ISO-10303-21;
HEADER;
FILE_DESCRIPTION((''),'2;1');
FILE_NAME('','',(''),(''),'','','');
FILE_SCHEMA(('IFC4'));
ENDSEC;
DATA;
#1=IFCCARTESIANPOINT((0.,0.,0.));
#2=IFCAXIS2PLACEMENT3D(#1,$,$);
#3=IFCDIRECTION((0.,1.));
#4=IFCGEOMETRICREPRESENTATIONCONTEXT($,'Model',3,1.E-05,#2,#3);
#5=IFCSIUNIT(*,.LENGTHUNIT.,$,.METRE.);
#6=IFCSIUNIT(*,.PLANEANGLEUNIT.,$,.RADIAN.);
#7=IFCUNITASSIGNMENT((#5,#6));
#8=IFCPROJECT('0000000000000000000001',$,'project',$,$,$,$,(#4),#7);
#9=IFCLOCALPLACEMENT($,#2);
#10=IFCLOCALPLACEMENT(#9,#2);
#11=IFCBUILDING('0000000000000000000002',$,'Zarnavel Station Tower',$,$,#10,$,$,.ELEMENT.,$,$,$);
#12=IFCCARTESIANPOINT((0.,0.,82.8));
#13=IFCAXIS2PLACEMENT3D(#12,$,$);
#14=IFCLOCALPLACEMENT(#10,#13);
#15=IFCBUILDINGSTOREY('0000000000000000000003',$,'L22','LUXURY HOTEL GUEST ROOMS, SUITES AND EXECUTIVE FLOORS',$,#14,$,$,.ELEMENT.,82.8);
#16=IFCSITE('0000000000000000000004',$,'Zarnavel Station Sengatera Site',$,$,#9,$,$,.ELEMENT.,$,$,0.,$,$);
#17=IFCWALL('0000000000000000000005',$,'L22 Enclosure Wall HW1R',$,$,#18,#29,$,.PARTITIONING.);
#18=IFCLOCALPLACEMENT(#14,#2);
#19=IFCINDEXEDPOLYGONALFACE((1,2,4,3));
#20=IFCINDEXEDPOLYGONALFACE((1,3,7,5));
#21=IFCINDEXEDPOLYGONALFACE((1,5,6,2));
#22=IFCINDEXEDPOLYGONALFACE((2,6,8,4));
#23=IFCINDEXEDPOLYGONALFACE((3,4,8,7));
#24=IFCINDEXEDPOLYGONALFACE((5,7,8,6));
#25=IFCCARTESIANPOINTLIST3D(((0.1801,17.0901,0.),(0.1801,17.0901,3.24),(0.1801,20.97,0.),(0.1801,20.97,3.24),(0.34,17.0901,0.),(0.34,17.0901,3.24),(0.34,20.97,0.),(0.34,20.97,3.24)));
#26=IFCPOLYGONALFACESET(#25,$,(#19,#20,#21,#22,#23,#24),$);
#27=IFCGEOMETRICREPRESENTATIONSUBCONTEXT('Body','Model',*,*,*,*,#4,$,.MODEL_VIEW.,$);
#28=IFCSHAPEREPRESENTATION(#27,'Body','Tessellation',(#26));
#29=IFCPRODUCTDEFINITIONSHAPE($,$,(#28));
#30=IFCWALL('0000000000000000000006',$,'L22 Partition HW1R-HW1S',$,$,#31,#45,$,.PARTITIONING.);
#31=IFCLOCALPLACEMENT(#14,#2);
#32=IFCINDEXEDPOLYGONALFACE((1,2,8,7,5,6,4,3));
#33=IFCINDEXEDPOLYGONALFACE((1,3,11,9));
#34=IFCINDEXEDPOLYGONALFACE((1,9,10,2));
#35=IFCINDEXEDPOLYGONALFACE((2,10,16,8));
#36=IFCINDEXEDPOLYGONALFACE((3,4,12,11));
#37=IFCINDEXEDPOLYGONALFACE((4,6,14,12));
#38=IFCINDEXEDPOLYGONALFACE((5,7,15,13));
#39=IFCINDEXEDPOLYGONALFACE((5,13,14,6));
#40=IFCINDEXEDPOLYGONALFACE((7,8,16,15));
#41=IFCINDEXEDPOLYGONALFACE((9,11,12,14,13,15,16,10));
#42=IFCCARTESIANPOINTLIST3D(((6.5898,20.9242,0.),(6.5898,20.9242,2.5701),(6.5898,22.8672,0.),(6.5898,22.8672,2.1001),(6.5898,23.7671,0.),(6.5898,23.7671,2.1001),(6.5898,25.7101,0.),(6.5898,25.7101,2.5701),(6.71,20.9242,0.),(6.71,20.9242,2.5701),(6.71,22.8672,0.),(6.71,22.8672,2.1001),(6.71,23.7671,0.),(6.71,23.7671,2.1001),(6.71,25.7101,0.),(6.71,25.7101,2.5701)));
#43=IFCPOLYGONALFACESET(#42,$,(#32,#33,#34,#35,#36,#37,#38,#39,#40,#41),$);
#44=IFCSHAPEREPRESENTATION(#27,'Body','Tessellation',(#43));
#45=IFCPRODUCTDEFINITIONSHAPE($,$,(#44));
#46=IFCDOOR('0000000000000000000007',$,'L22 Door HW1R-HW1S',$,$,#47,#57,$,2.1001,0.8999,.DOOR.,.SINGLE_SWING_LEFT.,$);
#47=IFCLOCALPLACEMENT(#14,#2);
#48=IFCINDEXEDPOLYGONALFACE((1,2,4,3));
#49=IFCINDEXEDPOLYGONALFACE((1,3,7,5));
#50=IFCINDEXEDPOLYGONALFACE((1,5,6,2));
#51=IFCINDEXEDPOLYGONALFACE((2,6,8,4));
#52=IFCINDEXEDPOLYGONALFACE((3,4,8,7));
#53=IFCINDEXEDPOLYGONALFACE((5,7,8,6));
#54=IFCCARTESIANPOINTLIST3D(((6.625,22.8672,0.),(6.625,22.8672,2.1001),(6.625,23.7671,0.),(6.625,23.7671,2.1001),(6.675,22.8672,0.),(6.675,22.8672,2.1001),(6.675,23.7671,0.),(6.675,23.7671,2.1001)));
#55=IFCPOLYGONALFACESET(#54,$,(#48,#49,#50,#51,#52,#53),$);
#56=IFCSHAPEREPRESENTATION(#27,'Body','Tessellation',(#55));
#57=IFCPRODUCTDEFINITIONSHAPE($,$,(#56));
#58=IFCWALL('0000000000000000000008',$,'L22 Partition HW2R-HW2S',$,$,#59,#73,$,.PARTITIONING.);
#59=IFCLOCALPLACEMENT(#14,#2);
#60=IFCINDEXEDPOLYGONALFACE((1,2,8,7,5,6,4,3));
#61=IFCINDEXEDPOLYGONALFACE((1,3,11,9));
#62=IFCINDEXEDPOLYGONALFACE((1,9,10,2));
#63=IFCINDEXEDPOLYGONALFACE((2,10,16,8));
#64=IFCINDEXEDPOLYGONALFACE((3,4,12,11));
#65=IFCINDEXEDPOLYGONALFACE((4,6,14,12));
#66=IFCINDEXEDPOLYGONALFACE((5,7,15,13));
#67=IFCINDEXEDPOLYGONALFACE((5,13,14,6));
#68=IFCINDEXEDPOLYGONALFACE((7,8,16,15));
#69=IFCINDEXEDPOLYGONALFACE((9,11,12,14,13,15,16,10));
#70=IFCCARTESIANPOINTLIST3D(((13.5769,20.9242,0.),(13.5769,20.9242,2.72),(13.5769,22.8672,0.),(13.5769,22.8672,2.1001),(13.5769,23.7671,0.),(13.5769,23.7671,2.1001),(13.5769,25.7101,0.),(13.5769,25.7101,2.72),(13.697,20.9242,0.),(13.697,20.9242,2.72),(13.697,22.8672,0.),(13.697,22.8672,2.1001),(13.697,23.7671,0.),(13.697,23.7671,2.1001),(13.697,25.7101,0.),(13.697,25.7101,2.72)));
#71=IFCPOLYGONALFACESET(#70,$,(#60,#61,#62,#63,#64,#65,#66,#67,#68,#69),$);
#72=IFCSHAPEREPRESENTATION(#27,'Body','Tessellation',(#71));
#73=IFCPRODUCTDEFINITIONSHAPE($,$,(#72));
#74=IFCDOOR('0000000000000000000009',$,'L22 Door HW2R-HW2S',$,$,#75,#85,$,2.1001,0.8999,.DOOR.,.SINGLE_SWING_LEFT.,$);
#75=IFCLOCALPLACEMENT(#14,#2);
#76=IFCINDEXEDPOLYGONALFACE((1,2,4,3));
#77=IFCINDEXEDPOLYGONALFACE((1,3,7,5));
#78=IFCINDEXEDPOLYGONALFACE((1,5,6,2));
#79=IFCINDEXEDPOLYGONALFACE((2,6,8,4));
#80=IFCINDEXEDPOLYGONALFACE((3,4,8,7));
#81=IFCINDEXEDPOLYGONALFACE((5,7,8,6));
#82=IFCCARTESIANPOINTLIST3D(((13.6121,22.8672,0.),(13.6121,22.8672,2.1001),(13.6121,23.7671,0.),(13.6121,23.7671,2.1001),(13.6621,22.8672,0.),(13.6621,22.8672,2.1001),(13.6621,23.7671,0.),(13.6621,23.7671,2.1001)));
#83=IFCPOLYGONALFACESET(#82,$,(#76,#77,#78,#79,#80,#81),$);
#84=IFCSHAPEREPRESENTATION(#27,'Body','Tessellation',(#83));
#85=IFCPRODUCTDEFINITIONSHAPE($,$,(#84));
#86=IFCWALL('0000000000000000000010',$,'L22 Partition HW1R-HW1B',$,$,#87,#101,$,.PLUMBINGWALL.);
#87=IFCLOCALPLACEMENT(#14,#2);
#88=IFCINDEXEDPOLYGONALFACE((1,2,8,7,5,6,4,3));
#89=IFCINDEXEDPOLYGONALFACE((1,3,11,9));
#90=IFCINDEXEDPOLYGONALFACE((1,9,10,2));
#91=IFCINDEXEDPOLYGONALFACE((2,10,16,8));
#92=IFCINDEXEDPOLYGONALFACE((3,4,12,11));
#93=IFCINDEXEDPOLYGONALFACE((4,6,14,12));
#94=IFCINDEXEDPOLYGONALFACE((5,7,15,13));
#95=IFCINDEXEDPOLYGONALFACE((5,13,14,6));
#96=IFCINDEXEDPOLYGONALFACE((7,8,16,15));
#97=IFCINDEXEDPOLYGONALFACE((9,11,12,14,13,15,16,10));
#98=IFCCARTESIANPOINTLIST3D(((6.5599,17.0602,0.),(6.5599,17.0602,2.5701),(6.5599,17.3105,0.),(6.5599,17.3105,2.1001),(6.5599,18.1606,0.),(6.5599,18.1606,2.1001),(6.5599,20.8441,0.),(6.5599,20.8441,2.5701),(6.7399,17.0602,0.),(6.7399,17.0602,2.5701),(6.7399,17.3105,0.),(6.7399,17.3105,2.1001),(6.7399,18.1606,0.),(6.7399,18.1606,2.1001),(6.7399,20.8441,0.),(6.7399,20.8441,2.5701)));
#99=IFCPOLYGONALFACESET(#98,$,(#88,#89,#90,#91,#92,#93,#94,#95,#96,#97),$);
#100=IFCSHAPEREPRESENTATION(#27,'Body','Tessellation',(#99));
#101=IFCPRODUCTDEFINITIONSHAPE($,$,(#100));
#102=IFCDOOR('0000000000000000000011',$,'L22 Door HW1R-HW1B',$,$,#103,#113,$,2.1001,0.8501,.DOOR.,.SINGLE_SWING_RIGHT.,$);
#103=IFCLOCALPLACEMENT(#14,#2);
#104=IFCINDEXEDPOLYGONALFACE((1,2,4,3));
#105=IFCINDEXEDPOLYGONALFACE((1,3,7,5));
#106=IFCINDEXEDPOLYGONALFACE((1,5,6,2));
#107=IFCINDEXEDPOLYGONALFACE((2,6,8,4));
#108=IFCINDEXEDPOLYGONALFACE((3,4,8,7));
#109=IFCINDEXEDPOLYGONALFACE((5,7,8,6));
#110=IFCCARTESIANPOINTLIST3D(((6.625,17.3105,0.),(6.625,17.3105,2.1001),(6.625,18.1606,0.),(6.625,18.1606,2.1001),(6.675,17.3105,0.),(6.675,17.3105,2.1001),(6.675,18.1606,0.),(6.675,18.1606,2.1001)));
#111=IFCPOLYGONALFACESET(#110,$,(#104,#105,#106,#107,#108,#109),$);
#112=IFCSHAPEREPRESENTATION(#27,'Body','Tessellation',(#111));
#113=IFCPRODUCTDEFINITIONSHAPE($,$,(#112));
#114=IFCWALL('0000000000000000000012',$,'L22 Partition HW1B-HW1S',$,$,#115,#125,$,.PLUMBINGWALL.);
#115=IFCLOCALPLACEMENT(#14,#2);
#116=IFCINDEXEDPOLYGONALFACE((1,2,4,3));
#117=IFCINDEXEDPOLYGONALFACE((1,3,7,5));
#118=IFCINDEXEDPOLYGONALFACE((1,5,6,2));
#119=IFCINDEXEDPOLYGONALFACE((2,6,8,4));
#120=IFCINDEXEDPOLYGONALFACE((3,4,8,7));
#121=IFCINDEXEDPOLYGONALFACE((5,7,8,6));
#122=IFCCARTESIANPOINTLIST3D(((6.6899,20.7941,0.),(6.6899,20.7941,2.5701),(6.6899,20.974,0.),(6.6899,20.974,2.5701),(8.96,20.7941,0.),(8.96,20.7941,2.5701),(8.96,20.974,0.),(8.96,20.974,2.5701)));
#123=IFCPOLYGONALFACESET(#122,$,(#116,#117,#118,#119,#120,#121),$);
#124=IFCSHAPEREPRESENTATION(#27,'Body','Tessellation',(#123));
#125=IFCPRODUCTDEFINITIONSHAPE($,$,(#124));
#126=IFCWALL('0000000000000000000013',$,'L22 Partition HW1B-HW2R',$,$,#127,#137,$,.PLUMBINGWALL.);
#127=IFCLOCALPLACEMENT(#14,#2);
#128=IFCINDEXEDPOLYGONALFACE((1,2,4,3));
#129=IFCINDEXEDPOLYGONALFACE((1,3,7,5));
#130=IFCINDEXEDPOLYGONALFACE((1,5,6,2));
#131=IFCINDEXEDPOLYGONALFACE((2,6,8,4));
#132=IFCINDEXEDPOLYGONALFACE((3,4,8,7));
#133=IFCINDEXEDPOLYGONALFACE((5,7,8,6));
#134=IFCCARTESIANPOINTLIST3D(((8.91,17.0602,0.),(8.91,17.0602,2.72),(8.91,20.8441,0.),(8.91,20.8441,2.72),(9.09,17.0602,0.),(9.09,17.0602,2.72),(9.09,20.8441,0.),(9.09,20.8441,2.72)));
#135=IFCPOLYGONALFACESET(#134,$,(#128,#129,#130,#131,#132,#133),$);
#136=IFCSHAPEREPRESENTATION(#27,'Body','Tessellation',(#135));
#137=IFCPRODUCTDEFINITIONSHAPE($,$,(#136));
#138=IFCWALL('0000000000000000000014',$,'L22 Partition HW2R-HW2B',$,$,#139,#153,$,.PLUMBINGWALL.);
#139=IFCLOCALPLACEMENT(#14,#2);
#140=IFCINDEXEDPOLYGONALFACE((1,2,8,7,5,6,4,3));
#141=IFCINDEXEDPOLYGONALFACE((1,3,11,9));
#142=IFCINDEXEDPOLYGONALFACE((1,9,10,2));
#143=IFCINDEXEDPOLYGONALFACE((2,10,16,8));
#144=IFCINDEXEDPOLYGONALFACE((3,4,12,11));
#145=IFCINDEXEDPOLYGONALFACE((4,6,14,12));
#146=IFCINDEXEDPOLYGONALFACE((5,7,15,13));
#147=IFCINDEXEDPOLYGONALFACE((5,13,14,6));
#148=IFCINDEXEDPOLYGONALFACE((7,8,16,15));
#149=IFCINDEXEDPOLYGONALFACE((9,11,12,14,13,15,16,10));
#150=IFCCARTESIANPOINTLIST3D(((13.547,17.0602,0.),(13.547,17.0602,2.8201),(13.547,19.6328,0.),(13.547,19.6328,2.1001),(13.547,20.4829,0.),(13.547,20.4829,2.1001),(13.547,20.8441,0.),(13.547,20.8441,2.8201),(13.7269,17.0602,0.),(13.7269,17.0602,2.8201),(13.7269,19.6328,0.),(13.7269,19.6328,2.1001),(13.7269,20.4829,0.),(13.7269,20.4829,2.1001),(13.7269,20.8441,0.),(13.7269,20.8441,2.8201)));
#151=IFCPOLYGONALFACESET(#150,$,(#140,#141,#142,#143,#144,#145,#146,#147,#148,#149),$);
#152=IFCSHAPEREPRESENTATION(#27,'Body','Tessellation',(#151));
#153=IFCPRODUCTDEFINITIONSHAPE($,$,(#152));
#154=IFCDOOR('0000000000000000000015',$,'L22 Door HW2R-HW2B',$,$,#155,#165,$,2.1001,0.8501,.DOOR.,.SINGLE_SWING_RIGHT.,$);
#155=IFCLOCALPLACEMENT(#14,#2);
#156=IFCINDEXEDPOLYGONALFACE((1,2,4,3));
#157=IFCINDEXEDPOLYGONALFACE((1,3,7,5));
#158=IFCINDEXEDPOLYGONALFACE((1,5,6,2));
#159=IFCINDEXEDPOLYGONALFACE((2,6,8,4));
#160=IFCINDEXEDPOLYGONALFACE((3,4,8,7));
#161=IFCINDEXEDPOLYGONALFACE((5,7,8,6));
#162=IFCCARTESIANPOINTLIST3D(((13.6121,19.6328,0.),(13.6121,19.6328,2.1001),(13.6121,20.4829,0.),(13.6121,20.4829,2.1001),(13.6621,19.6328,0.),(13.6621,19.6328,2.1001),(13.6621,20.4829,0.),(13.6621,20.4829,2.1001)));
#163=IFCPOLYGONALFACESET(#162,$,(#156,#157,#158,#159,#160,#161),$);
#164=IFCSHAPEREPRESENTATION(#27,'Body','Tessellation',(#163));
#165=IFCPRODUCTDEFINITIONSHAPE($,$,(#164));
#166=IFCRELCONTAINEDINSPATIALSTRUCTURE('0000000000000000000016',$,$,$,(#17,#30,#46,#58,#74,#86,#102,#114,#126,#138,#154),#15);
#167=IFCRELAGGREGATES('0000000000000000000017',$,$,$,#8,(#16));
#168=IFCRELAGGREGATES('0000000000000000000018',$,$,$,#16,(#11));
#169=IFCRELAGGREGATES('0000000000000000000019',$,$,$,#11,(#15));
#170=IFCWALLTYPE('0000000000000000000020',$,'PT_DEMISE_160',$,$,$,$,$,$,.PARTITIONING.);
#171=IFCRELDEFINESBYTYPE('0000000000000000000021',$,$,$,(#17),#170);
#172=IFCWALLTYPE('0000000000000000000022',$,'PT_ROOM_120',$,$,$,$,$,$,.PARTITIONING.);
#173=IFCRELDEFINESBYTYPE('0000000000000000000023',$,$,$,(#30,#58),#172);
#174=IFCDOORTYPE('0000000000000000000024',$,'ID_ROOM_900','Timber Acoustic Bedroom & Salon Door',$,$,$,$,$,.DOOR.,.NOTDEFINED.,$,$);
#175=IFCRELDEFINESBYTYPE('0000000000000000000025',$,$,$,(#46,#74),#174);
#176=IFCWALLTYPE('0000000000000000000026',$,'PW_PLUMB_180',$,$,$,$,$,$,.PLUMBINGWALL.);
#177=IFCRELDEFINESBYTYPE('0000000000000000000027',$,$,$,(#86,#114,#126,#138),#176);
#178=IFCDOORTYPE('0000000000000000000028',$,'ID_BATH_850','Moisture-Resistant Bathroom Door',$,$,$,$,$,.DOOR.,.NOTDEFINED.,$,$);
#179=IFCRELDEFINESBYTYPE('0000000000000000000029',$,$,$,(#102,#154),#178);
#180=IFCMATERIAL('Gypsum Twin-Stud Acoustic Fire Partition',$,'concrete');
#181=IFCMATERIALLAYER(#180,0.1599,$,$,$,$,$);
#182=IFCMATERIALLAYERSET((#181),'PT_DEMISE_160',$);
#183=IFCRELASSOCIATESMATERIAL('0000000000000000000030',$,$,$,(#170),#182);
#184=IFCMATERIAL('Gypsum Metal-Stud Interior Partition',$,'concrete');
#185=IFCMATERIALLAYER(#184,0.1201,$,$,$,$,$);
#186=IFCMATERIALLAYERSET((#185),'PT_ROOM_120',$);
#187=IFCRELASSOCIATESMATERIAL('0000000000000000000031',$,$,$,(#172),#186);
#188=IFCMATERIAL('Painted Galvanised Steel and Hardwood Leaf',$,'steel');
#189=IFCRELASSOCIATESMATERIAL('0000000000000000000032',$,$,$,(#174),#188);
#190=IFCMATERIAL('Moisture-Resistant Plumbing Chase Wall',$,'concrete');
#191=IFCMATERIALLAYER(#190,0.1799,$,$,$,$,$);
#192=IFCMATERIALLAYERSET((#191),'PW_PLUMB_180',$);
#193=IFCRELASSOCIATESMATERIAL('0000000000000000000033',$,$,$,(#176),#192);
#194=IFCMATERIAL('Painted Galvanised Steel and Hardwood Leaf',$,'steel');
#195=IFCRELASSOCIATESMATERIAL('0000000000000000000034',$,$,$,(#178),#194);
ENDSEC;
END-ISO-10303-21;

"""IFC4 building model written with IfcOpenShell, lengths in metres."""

from ifc_helpers import new_model, si_unit, direction, frame, frame_2d, origin, place, context, subcontext, project, spatial, rectangle, extrude, material, layer, layer_set, type_object, element, fill, save


model = new_model("IFC4")

# Units and contexts
model_context = context("Model", 3, precision=1e-05, world=origin(), true_north=direction((0.0, 1.0)))
body_context = subcontext(model_context, "Body", "Model", "MODEL_VIEW")
ifc_project = project(units=[si_unit("LENGTHUNIT", "METRE"), si_unit("PLANEANGLEUNIT", "RADIAN")], contexts=[model_context])

# Site, building, storey
site_placement = place(None, origin())
site = spatial("IfcSite", under=ifc_project, at=site_placement, Name="Zarnavel Station Sengatera Site", CompositionType="ELEMENT", RefElevation=0.0)
building_placement = place(site_placement, origin())
building = spatial("IfcBuilding", under=site, at=building_placement, Name="Zarnavel Station Tower", CompositionType="ELEMENT")
storey_placement = place(building_placement, frame((0.0, 0.0, 82.8)))
storey = spatial("IfcBuildingStorey", under=building, at=storey_placement, Name="L22", Description="LUXURY HOTEL GUEST ROOMS, SUITES AND EXECUTIVE FLOORS", CompositionType="ELEMENT", Elevation=82.8)

# Wall
ifc_material_1 = material(Name="Gypsum Twin-Stud Acoustic Fire Partition", Category="concrete")
ifc_layer_1 = layer(ifc_material_1, 0.1599)
ifc_layer_set_1 = layer_set([ifc_layer_1], Name="PT_DEMISE_160")
wall_type_1 = type_object("IfcWallType", Name="PT_DEMISE_160", PredefinedType="PARTITIONING", material=ifc_layer_set_1)
for number, where, z_axis, x_axis, name in (
    (1, (0.26, 17.0901, 0.0), (0.0, 0.0, 1.0), (0.0, 1.0, 0.0), "L22 Enclosure Wall HW1R"),
):
    element("IfcWall", number, at=place(storey_placement, frame(where, z_axis=z_axis, x_axis=x_axis)), inside=storey, type_object=wall_type_1, Name=name, PredefinedType="PARTITIONING", context=body_context, shape_type="SweptSolid", body=[
        extrude(rectangle(XDim=3.8799, YDim=0.1599, at=frame_2d((1.9399, 0.0))), origin(), (0.0, 0.0, 1.0), 3.24),
    ])

# Walls, openings, doors
ifc_material_2 = material(Name="Gypsum Metal-Stud Interior Partition", Category="concrete")
ifc_layer_2 = layer(ifc_material_2, 0.1201)
ifc_layer_set_2 = layer_set([ifc_layer_2], Name="PT_ROOM_120")
wall_type_2 = type_object("IfcWallType", Name="PT_ROOM_120", PredefinedType="PARTITIONING", material=ifc_layer_set_2)
wall_1_placement = place(storey_placement, frame((6.6499, 20.9241, 0.0), z_axis=(0.0, 0.0, 1.0), x_axis=(0.0, 1.0, 0.0)))
wall_1 = element("IfcWall", 2, at=wall_1_placement, inside=storey, type_object=wall_type_2, Name="L22 Partition HW1R-HW1S", PredefinedType="PARTITIONING", context=body_context, shape_type="SweptSolid", body=[
    extrude(rectangle(XDim=4.7859, YDim=0.1201, at=frame_2d((2.3931, 0.0))), origin(), (0.0, 0.0, 1.0), 2.5701),
])
opening_1_placement = place(wall_1_placement, frame((1.9431, 0.0, 0.0)))
opening_1 = element("IfcOpeningElement", 3, at=opening_1_placement, cuts=wall_1, PredefinedType="OPENING", context=body_context, shape_type="SweptSolid", body=[
    extrude(rectangle(XDim=0.8999, YDim=2.1001, at=frame_2d((0.45, 1.05))), frame((0.0, 0.0701, 0.0), z_axis=(0.0, -1.0, 0.0), x_axis=(1.0, 0.0, 0.0)), (0.0, 0.0, 1.0), 0.1401),
])
ifc_material_3 = material(Name="Painted Galvanised Steel and Hardwood Leaf", Category="steel")
door_type_1 = type_object("IfcDoorType", Name="ID_ROOM_900", Description="Timber Acoustic Bedroom & Salon Door", OperationType="NOTDEFINED", PredefinedType="DOOR", material=ifc_material_3)
door_1_placement = place(opening_1_placement, origin())
door_1 = element("IfcDoor", 4, at=door_1_placement, inside=storey, type_object=door_type_1, Name="L22 Door HW1R-HW1S", OperationType="SINGLE_SWING_LEFT", OverallHeight=2.1001, OverallWidth=0.8999, PredefinedType="DOOR", context=body_context, shape_type="SweptSolid", body=[
    extrude(rectangle(XDim=0.8999, YDim=2.1001, at=frame_2d((0.45, 1.05))), frame((0.0, 0.0249, 0.0), z_axis=(0.0, -1.0, 0.0), x_axis=(1.0, 0.0, 0.0)), (0.0, 0.0, 1.0), 0.05),
])
fill(opening_1, door_1)
wall_2_placement = place(storey_placement, frame((13.637, 20.9241, 0.0), z_axis=(0.0, 0.0, 1.0), x_axis=(0.0, 1.0, 0.0)))
wall_2 = element("IfcWall", 5, at=wall_2_placement, inside=storey, type_object=wall_type_2, Name="L22 Partition HW2R-HW2S", PredefinedType="PARTITIONING", context=body_context, shape_type="SweptSolid", body=[
    extrude(rectangle(XDim=4.7859, YDim=0.1201, at=frame_2d((2.3931, 0.0))), origin(), (0.0, 0.0, 1.0), 2.72),
])
opening_2_placement = place(wall_2_placement, frame((1.9431, 0.0, 0.0)))
opening_2 = element("IfcOpeningElement", 6, at=opening_2_placement, cuts=wall_2, PredefinedType="OPENING", context=body_context, shape_type="SweptSolid", body=[
    extrude(rectangle(XDim=0.8999, YDim=2.1001, at=frame_2d((0.45, 1.05))), frame((0.0, 0.0701, 0.0), z_axis=(0.0, -1.0, 0.0), x_axis=(1.0, 0.0, 0.0)), (0.0, 0.0, 1.0), 0.1401),
])
door_2_placement = place(opening_2_placement, origin())
door_2 = element("IfcDoor", 7, at=door_2_placement, inside=storey, type_object=door_type_1, Name="L22 Door HW2R-HW2S", OperationType="SINGLE_SWING_LEFT", OverallHeight=2.1001, OverallWidth=0.8999, PredefinedType="DOOR", context=body_context, shape_type="SweptSolid", body=[
    extrude(rectangle(XDim=0.8999, YDim=2.1001, at=frame_2d((0.45, 1.05))), frame((0.0, 0.0249, 0.0), z_axis=(0.0, -1.0, 0.0), x_axis=(1.0, 0.0, 0.0)), (0.0, 0.0, 1.0), 0.05),
])
fill(opening_2, door_2)
ifc_material_4 = material(Name="Moisture-Resistant Plumbing Chase Wall", Category="concrete")
ifc_layer_3 = layer(ifc_material_4, 0.1799)
ifc_layer_set_3 = layer_set([ifc_layer_3], Name="PW_PLUMB_180")
wall_type_3 = type_object("IfcWallType", Name="PW_PLUMB_180", PredefinedType="PLUMBINGWALL", material=ifc_layer_set_3)
wall_3_placement = place(storey_placement, frame((6.6499, 17.0601, 0.0), z_axis=(0.0, 0.0, 1.0), x_axis=(0.0, 1.0, 0.0)))
wall_3 = element("IfcWall", 8, at=wall_3_placement, inside=storey, type_object=wall_type_3, Name="L22 Partition HW1R-HW1B", PredefinedType="PLUMBINGWALL", context=body_context, shape_type="SweptSolid", body=[
    extrude(rectangle(XDim=3.7839, YDim=0.1799, at=frame_2d((1.8921, 0.0))), origin(), (0.0, 0.0, 1.0), 2.5701),
])
opening_3_placement = place(wall_3_placement, frame((0.2505, 0.0, 0.0)))
opening_3 = element("IfcOpeningElement", 9, at=opening_3_placement, cuts=wall_3, PredefinedType="OPENING", context=body_context, shape_type="SweptSolid", body=[
    extrude(rectangle(XDim=0.8501, YDim=2.1001, at=frame_2d((0.425, 1.05))), frame((0.0, 0.0999, 0.0), z_axis=(0.0, -1.0, 0.0), x_axis=(1.0, 0.0, 0.0)), (0.0, 0.0, 1.0), 0.2),
])
ifc_material_5 = material(Name="Painted Galvanised Steel and Hardwood Leaf", Category="steel")
door_type_2 = type_object("IfcDoorType", Name="ID_BATH_850", Description="Moisture-Resistant Bathroom Door", OperationType="NOTDEFINED", PredefinedType="DOOR", material=ifc_material_5)
door_3_placement = place(opening_3_placement, origin())
door_3 = element("IfcDoor", 10, at=door_3_placement, inside=storey, type_object=door_type_2, Name="L22 Door HW1R-HW1B", OperationType="SINGLE_SWING_RIGHT", OverallHeight=2.1001, OverallWidth=0.8501, PredefinedType="DOOR", context=body_context, shape_type="SweptSolid", body=[
    extrude(rectangle(XDim=0.8501, YDim=2.1001, at=frame_2d((0.425, 1.05))), frame((0.0, 0.0249, 0.0), z_axis=(0.0, -1.0, 0.0), x_axis=(1.0, 0.0, 0.0)), (0.0, 0.0, 1.0), 0.05),
])
fill(opening_3, door_3)

# Walls
wall_4_placement = place(storey_placement, frame((6.6899, 20.884, 0.0), z_axis=(0.0, 0.0, 1.0), x_axis=(1.0, 0.0, 0.0)))
element("IfcWall", 11, at=wall_4_placement, inside=storey, type_object=wall_type_3, Name="L22 Partition HW1B-HW1S", PredefinedType="PLUMBINGWALL", context=body_context, shape_type="SweptSolid", body=[
    extrude(rectangle(XDim=2.27, YDim=0.1799, at=frame_2d((1.135, 0.0))), origin(), (0.0, 0.0, 1.0), 2.5701),
])
wall_5_placement = place(storey_placement, frame((9.0, 17.0601, 0.0), z_axis=(0.0, 0.0, 1.0), x_axis=(0.0, 1.0, 0.0)))
element("IfcWall", 12, at=wall_5_placement, inside=storey, type_object=wall_type_3, Name="L22 Partition HW1B-HW2R", PredefinedType="PLUMBINGWALL", context=body_context, shape_type="SweptSolid", body=[
    extrude(rectangle(XDim=3.7839, YDim=0.1799, at=frame_2d((1.8921, 0.0))), origin(), (0.0, 0.0, 1.0), 2.72),
])

# Wall, opening, door
wall_6_placement = place(storey_placement, frame((13.637, 17.0601, 0.0), z_axis=(0.0, 0.0, 1.0), x_axis=(0.0, 1.0, 0.0)))
wall_6 = element("IfcWall", 13, at=wall_6_placement, inside=storey, type_object=wall_type_3, Name="L22 Partition HW2R-HW2B", PredefinedType="PLUMBINGWALL", context=body_context, shape_type="SweptSolid", body=[
    extrude(rectangle(XDim=3.7839, YDim=0.1799, at=frame_2d((1.8921, 0.0))), origin(), (0.0, 0.0, 1.0), 2.8201),
])
opening_4_placement = place(wall_6_placement, frame((2.5728, 0.0, 0.0)))
opening_4 = element("IfcOpeningElement", 14, at=opening_4_placement, cuts=wall_6, PredefinedType="OPENING", context=body_context, shape_type="SweptSolid", body=[
    extrude(rectangle(XDim=0.8501, YDim=2.1001, at=frame_2d((0.425, 1.05))), frame((0.0, 0.0999, 0.0), z_axis=(0.0, -1.0, 0.0), x_axis=(1.0, 0.0, 0.0)), (0.0, 0.0, 1.0), 0.2),
])
door_4_placement = place(opening_4_placement, origin())
door_4 = element("IfcDoor", 15, at=door_4_placement, inside=storey, type_object=door_type_2, Name="L22 Door HW2R-HW2B", OperationType="SINGLE_SWING_RIGHT", OverallHeight=2.1001, OverallWidth=0.8501, PredefinedType="DOOR", context=body_context, shape_type="SweptSolid", body=[
    extrude(rectangle(XDim=0.8501, YDim=2.1001, at=frame_2d((0.425, 1.05))), frame((0.0, 0.0249, 0.0), z_axis=(0.0, -1.0, 0.0), x_axis=(1.0, 0.0, 0.0)), (0.0, 0.0, 1.0), 0.05),
])
fill(opening_4, door_4)

save(model, "model.ifc")
